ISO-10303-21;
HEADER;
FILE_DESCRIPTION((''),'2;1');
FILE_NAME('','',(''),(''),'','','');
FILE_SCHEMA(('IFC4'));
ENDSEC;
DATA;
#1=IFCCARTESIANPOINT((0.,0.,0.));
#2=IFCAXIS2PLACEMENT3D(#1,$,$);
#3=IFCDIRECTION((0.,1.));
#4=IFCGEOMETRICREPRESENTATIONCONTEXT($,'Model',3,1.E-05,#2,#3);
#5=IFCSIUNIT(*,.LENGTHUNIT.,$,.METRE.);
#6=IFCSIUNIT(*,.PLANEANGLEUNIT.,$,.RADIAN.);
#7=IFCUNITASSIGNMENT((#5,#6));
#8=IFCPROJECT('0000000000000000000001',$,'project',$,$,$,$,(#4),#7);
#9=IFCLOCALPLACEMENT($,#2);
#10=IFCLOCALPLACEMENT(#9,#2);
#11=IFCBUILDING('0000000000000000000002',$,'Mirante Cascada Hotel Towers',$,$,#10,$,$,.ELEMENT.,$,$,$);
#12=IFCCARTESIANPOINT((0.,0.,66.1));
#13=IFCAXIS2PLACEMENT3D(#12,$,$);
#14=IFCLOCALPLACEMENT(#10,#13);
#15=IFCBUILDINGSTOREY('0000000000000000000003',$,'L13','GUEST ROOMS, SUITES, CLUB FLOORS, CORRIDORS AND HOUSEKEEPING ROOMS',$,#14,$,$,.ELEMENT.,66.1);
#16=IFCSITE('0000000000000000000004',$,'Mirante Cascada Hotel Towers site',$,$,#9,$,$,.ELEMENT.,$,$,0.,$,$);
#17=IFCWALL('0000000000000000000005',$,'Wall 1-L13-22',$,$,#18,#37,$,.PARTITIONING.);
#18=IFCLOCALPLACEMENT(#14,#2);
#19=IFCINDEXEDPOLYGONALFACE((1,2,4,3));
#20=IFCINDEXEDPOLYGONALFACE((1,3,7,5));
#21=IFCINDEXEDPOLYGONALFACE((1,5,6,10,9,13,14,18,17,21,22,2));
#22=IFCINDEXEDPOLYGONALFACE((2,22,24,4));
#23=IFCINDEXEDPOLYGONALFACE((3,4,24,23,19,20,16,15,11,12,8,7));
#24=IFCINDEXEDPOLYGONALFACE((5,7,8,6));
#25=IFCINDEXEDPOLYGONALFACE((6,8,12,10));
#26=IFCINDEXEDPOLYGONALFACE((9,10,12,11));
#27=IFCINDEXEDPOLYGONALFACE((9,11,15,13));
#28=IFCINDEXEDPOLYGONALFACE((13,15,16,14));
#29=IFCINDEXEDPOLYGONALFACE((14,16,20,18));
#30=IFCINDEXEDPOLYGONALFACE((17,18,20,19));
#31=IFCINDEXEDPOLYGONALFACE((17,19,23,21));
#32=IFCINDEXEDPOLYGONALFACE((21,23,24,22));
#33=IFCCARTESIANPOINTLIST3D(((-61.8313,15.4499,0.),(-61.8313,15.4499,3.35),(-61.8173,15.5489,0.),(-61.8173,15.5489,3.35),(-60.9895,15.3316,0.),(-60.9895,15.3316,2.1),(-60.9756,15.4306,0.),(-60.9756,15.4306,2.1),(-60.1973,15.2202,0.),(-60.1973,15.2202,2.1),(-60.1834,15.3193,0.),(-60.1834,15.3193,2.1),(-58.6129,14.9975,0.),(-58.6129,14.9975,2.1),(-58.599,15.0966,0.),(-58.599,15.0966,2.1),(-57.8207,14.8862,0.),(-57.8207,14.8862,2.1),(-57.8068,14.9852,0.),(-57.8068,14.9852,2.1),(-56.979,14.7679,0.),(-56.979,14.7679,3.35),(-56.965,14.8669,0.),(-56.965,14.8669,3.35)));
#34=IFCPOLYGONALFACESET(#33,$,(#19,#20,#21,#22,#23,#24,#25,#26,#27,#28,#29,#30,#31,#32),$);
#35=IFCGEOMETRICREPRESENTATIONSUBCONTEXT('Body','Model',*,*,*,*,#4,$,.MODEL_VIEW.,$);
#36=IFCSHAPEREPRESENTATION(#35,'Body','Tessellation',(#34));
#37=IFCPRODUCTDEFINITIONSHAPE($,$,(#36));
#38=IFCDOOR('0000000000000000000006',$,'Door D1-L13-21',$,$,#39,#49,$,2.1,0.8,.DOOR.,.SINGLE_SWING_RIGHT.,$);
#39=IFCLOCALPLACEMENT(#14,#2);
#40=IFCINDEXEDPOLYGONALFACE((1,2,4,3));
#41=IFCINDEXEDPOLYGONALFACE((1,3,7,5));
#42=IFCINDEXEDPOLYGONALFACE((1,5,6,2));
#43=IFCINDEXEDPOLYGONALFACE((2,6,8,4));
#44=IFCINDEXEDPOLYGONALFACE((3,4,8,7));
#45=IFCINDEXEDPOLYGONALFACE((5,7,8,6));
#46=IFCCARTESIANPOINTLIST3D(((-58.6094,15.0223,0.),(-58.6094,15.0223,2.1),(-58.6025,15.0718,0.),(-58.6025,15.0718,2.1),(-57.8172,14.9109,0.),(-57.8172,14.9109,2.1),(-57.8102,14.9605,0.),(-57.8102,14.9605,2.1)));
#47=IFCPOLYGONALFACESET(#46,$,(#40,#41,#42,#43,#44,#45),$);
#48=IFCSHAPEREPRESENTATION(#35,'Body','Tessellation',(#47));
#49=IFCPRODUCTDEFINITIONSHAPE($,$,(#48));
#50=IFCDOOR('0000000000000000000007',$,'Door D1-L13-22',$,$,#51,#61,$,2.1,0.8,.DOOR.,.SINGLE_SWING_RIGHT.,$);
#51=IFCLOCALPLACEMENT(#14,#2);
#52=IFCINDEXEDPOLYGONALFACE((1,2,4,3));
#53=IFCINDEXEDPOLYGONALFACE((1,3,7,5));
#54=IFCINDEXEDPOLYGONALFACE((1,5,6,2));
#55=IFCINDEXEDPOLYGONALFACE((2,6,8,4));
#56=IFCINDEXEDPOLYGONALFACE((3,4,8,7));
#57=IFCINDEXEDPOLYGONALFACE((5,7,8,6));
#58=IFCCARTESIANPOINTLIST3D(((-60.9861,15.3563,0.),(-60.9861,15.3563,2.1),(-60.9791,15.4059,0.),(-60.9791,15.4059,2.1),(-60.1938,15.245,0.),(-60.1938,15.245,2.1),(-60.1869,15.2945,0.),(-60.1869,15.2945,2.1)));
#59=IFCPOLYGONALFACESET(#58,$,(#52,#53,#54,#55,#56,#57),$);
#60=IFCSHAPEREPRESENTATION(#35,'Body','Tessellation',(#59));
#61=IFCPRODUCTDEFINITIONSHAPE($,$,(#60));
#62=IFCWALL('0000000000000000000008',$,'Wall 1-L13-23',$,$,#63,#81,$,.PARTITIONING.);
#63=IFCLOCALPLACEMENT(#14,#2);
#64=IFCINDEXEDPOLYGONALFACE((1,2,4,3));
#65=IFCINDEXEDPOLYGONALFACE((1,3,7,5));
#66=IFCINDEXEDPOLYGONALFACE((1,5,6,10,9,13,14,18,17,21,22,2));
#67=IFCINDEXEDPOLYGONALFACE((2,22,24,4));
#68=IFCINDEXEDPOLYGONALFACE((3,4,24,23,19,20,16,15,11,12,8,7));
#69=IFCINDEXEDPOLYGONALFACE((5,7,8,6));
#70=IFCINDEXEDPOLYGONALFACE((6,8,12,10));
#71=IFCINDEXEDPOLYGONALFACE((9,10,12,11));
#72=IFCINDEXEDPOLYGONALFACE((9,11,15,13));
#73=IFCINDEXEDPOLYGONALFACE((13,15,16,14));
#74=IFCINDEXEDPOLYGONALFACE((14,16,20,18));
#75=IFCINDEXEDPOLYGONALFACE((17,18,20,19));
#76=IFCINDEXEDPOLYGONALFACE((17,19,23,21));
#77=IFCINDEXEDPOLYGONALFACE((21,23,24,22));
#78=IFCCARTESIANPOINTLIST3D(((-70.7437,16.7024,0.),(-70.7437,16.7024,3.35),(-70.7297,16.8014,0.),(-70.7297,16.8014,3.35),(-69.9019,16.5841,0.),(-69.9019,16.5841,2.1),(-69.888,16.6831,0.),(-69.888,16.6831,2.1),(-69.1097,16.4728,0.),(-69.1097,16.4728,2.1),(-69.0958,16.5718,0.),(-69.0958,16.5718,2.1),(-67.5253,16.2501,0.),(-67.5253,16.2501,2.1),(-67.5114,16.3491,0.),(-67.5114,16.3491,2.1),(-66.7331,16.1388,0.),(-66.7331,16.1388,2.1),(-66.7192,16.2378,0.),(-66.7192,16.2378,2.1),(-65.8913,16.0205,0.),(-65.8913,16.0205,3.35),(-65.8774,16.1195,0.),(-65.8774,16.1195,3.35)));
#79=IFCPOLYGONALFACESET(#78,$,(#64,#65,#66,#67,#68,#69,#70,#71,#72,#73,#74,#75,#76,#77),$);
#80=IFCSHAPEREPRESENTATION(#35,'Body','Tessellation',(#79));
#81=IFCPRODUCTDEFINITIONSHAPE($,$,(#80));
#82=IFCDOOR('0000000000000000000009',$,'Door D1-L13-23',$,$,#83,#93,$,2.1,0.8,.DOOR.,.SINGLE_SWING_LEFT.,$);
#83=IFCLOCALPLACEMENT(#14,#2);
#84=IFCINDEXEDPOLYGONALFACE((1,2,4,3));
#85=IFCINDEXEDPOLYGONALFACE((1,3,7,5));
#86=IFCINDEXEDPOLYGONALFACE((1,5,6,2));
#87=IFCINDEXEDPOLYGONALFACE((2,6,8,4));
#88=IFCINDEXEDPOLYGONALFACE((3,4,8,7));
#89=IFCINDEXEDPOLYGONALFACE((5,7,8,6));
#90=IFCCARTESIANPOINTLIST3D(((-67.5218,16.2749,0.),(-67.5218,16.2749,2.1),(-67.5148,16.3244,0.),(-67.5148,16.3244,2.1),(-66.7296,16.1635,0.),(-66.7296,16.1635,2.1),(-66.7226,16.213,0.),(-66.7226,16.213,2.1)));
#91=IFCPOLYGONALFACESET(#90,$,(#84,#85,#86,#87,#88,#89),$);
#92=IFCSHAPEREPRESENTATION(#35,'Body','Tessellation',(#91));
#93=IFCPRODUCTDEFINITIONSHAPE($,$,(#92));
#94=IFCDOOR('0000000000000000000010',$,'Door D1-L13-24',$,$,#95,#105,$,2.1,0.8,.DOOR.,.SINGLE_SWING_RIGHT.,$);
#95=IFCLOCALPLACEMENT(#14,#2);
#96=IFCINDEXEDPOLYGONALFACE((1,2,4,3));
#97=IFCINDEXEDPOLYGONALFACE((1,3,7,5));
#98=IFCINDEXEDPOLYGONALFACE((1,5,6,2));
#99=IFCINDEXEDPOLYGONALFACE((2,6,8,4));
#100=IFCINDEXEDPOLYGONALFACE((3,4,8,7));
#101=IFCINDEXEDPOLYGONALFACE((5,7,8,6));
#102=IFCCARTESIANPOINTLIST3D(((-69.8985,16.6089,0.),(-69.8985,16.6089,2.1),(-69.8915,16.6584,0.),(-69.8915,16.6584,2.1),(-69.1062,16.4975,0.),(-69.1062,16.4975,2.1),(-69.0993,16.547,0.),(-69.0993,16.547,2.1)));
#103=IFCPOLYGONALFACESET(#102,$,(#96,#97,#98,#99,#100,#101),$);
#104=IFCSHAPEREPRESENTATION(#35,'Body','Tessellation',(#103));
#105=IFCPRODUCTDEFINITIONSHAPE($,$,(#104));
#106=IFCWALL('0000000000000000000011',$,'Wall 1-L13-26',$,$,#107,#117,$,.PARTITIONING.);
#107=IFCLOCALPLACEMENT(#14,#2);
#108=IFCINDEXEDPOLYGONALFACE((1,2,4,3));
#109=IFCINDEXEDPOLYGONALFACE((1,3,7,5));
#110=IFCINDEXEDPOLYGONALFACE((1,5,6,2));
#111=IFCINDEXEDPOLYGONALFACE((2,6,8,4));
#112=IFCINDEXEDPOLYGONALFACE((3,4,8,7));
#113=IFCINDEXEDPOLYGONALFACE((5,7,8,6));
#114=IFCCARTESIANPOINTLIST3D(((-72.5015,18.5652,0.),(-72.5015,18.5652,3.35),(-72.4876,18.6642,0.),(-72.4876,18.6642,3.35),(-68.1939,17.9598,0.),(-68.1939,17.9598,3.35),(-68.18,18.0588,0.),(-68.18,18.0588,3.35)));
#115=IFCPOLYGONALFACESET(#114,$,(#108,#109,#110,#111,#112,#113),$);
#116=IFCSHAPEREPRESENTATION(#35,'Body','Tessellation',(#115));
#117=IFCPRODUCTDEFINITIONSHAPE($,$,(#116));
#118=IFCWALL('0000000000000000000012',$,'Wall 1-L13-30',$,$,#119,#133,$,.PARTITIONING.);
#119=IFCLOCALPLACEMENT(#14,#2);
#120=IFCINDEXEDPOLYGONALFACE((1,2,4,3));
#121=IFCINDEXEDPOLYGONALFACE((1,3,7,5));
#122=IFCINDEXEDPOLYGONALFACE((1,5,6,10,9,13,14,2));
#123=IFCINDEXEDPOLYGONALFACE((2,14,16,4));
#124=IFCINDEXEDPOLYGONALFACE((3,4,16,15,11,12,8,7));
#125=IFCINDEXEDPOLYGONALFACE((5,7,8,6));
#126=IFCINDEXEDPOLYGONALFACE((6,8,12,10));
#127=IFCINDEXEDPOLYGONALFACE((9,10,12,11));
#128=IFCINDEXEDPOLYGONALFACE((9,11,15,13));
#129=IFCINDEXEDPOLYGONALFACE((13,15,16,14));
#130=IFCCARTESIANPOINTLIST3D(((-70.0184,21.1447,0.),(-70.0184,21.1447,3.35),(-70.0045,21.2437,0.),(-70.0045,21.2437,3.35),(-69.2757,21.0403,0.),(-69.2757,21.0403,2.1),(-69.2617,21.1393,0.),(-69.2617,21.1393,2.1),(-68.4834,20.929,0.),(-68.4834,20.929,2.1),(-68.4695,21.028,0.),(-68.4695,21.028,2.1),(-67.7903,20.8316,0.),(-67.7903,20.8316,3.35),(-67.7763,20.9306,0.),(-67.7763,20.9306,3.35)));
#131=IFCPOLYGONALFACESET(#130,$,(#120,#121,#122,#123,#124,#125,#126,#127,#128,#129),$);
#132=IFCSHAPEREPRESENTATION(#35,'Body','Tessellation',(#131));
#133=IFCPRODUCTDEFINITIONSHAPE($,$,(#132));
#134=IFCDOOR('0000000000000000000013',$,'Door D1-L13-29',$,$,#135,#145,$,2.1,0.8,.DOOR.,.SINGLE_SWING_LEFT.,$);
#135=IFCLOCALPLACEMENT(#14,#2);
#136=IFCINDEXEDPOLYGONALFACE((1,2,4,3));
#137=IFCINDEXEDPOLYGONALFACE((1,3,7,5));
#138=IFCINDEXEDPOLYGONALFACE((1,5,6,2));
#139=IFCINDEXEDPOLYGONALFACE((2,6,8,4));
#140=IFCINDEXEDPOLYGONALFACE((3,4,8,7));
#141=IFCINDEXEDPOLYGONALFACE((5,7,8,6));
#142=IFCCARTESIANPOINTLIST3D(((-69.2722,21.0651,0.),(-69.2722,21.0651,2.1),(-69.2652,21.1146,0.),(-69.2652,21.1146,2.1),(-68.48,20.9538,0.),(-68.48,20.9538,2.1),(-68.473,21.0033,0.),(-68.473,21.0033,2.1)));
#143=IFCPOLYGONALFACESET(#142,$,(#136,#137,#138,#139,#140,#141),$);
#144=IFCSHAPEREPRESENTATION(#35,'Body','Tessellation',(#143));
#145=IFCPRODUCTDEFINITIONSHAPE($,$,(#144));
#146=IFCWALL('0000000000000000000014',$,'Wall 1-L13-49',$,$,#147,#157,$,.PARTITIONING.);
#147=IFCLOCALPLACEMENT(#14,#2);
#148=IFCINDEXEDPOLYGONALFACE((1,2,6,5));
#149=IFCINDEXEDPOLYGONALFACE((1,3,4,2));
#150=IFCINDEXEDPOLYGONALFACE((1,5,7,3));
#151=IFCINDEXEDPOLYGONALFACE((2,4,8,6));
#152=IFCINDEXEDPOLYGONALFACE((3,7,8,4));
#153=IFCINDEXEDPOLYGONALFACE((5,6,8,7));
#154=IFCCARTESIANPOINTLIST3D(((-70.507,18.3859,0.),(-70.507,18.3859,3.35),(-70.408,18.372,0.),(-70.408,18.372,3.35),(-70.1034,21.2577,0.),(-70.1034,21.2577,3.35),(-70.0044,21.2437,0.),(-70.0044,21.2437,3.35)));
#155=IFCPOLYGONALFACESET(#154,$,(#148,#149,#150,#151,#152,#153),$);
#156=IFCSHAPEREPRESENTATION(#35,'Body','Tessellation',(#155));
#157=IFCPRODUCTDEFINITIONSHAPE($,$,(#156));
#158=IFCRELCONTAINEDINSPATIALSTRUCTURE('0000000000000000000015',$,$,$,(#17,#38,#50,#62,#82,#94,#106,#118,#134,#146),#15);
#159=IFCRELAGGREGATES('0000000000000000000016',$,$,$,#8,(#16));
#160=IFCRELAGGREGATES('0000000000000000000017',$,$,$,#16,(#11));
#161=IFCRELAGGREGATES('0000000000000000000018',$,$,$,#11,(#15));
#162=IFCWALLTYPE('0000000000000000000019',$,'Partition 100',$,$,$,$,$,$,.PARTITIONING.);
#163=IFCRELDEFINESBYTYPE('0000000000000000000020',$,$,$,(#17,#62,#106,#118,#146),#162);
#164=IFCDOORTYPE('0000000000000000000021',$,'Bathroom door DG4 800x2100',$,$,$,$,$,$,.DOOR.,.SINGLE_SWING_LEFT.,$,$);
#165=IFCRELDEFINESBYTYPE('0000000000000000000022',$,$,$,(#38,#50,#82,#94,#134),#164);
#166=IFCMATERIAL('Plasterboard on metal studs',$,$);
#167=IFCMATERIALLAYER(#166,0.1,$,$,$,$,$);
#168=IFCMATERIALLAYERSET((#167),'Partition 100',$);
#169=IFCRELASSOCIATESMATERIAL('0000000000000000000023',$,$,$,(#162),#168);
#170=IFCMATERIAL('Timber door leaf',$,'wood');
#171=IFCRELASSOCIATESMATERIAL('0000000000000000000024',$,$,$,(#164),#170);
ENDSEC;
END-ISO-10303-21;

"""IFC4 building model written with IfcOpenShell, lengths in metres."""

from ifc_helpers import new_model, si_unit, direction, frame, frame_2d, origin, place, context, subcontext, project, spatial, rectangle, extrude, material, layer, layer_set, type_object, element, fill, save


model = new_model("IFC4")

# Units and contexts
model_context = context("Model", 3, precision=1e-05, world=origin(), true_north=direction((0.0, 1.0)))
body_context = subcontext(model_context, "Body", "Model", "MODEL_VIEW")
ifc_project = project(units=[si_unit("LENGTHUNIT", "METRE"), si_unit("PLANEANGLEUNIT", "RADIAN")], contexts=[model_context])

# Site, building, storey
site_placement = place(None, origin())
site = spatial("IfcSite", under=ifc_project, at=site_placement, Name="Mirante Cascada Hotel Towers site", CompositionType="ELEMENT", RefElevation=0.0)
building_placement = place(site_placement, origin())
building = spatial("IfcBuilding", under=site, at=building_placement, Name="Mirante Cascada Hotel Towers", CompositionType="ELEMENT")
storey_placement = place(building_placement, frame((0.0, 0.0, 66.1)))
storey = spatial("IfcBuildingStorey", under=building, at=storey_placement, Name="L13", Description="GUEST ROOMS, SUITES, CLUB FLOORS, CORRIDORS AND HOUSEKEEPING ROOMS", CompositionType="ELEMENT", Elevation=66.1)

# Walls, openings, doors
ifc_material_1 = material(Name="Plasterboard on metal studs")
ifc_layer_1 = layer(ifc_material_1, 0.1)
ifc_layer_set_1 = layer_set([ifc_layer_1], Name="Partition 100")
wall_type_1 = type_object("IfcWallType", Name="Partition 100", PredefinedType="PARTITIONING", material=ifc_layer_set_1)
wall_1_placement = place(storey_placement, frame((-56.972, 14.8174, 0.0), z_axis=(0.0, 0.0, 1.0), x_axis=(-0.990267, 0.139184, 0.0)))
wall_1 = element("IfcWall", 1, at=wall_1_placement, inside=storey, type_object=wall_type_1, Name="Wall 1-L13-22", PredefinedType="PARTITIONING", context=body_context, shape_type="SweptSolid", body=[
    extrude(rectangle(XDim=4.9, YDim=0.1, at=frame_2d((2.45, 0.0))), origin(), (0.0, 0.0, 1.0), 3.35),
])
opening_1_placement = place(wall_1_placement, frame((0.85, 0.0, 0.0)))
opening_1 = element("IfcOpeningElement", 2, at=opening_1_placement, cuts=wall_1, PredefinedType="OPENING", context=body_context, shape_type="SweptSolid", body=[
    extrude(rectangle(XDim=0.8, YDim=2.1, at=frame_2d((0.4, 1.05))), frame((0.0, 0.05, 0.0), z_axis=(0.0, -1.0, 0.0), x_axis=(1.0, 0.0, 0.0)), (0.0, 0.0, 1.0), 0.1),
])
opening_2_placement = place(wall_1_placement, frame((3.25, 0.0, 0.0)))
opening_2 = element("IfcOpeningElement", 3, at=opening_2_placement, cuts=wall_1, PredefinedType="OPENING", context=body_context, shape_type="SweptSolid", body=[
    extrude(rectangle(XDim=0.8, YDim=2.1, at=frame_2d((0.4, 1.05))), frame((0.0, 0.05, 0.0), z_axis=(0.0, -1.0, 0.0), x_axis=(1.0, 0.0, 0.0)), (0.0, 0.0, 1.0), 0.1),
])
ifc_material_2 = material(Name="Timber door leaf", Category="wood")
door_type = type_object("IfcDoorType", Name="Bathroom door DG4 800x2100", OperationType="SINGLE_SWING_LEFT", PredefinedType="DOOR", material=ifc_material_2)
door_1_placement = place(opening_1_placement, frame((0.8, 0.0, 0.0), z_axis=(0.0, 0.0, 1.0), x_axis=(-1.0, 0.0, 0.0)))
door_1 = element("IfcDoor", 4, at=door_1_placement, inside=storey, type_object=door_type, Name="Door D1-L13-21", OperationType="SINGLE_SWING_RIGHT", OverallHeight=2.1, OverallWidth=0.8, PredefinedType="DOOR", context=body_context, shape_type="SweptSolid", body=[
    extrude(rectangle(XDim=0.8, YDim=2.1, at=frame_2d((0.4, 1.05))), frame((0.0, 0.025, 0.0), z_axis=(0.0, -1.0, 0.0), x_axis=(1.0, 0.0, 0.0)), (0.0, 0.0, 1.0), 0.05),
])
fill(opening_1, door_1)
door_2_placement = place(opening_2_placement, frame((0.8, 0.0, 0.0), z_axis=(0.0, 0.0, 1.0), x_axis=(-1.0, 0.0, 0.0)))
door_2 = element("IfcDoor", 5, at=door_2_placement, inside=storey, type_object=door_type, Name="Door D1-L13-22", OperationType="SINGLE_SWING_RIGHT", OverallHeight=2.1, OverallWidth=0.8, PredefinedType="DOOR", context=body_context, shape_type="SweptSolid", body=[
    extrude(rectangle(XDim=0.8, YDim=2.1, at=frame_2d((0.4, 1.05))), frame((0.0, 0.025, 0.0), z_axis=(0.0, -1.0, 0.0), x_axis=(1.0, 0.0, 0.0)), (0.0, 0.0, 1.0), 0.05),
])
fill(opening_2, door_2)
wall_2_placement = place(storey_placement, frame((-70.7367, 16.7519, 0.0), z_axis=(0.0, 0.0, 1.0), x_axis=(0.990269, -0.139164, 0.0)))
wall_2 = element("IfcWall", 6, at=wall_2_placement, inside=storey, type_object=wall_type_1, Name="Wall 1-L13-23", PredefinedType="PARTITIONING", context=body_context, shape_type="SweptSolid", body=[
    extrude(rectangle(XDim=4.9, YDim=0.1, at=frame_2d((2.45, 0.0))), origin(), (0.0, 0.0, 1.0), 3.35),
])
opening_3_placement = place(wall_2_placement, frame((3.25, 0.0, 0.0)))
opening_3 = element("IfcOpeningElement", 7, at=opening_3_placement, cuts=wall_2, PredefinedType="OPENING", context=body_context, shape_type="SweptSolid", body=[
    extrude(rectangle(XDim=0.8, YDim=2.1, at=frame_2d((0.4, 1.05))), frame((0.0, 0.05, 0.0), z_axis=(0.0, -1.0, 0.0), x_axis=(1.0, 0.0, 0.0)), (0.0, 0.0, 1.0), 0.1),
])
opening_4_placement = place(wall_2_placement, frame((0.85, 0.0, 0.0)))
opening_4 = element("IfcOpeningElement", 8, at=opening_4_placement, cuts=wall_2, PredefinedType="OPENING", context=body_context, shape_type="SweptSolid", body=[
    extrude(rectangle(XDim=0.8, YDim=2.1, at=frame_2d((0.4, 1.05))), frame((0.0, 0.05, 0.0), z_axis=(0.0, -1.0, 0.0), x_axis=(1.0, 0.0, 0.0)), (0.0, 0.0, 1.0), 0.1),
])
door_3_placement = place(opening_3_placement, origin())
door_3 = element("IfcDoor", 9, at=door_3_placement, inside=storey, type_object=door_type, Name="Door D1-L13-23", OperationType="SINGLE_SWING_LEFT", OverallHeight=2.1, OverallWidth=0.8, PredefinedType="DOOR", context=body_context, shape_type="SweptSolid", body=[
    extrude(rectangle(XDim=0.8, YDim=2.1, at=frame_2d((0.4, 1.05))), frame((0.0, 0.025, 0.0), z_axis=(0.0, -1.0, 0.0), x_axis=(1.0, 0.0, 0.0)), (0.0, 0.0, 1.0), 0.05),
])
fill(opening_3, door_3)
door_4_placement = place(opening_4_placement, frame((0.8, 0.0, 0.0), z_axis=(0.0, 0.0, 1.0), x_axis=(-1.0, 0.0, 0.0)))
door_4 = element("IfcDoor", 10, at=door_4_placement, inside=storey, type_object=door_type, Name="Door D1-L13-24", OperationType="SINGLE_SWING_RIGHT", OverallHeight=2.1, OverallWidth=0.8, PredefinedType="DOOR", context=body_context, shape_type="SweptSolid", body=[
    extrude(rectangle(XDim=0.8, YDim=2.1, at=frame_2d((0.4, 1.05))), frame((0.0, 0.025, 0.0), z_axis=(0.0, -1.0, 0.0), x_axis=(1.0, 0.0, 0.0)), (0.0, 0.0, 1.0), 0.05),
])
fill(opening_4, door_4)

# Wall
wall_3_placement = place(storey_placement, frame((-68.1869, 18.0093, 0.0), z_axis=(0.0, 0.0, 1.0), x_axis=(-0.990268, 0.139175, 0.0)))
element("IfcWall", 11, at=wall_3_placement, inside=storey, type_object=wall_type_1, Name="Wall 1-L13-26", PredefinedType="PARTITIONING", context=body_context, shape_type="SweptSolid", body=[
    extrude(rectangle(XDim=4.3499, YDim=0.1, at=frame_2d((2.175, 0.0))), origin(), (0.0, 0.0, 1.0), 3.35),
])

# Wall, opening, door
wall_4_placement = place(storey_placement, frame((-67.7833, 20.8811, 0.0), z_axis=(0.0, 0.0, 1.0), x_axis=(-0.990271, 0.139156, 0.0)))
wall_4 = element("IfcWall", 12, at=wall_4_placement, inside=storey, type_object=wall_type_1, Name="Wall 1-L13-30", PredefinedType="PARTITIONING", context=body_context, shape_type="SweptSolid", body=[
    extrude(rectangle(XDim=2.25, YDim=0.1, at=frame_2d((1.125, 0.0))), origin(), (0.0, 0.0, 1.0), 3.35),
])
opening_5_placement = place(wall_4_placement, frame((0.7, 0.0, 0.0)))
opening_5 = element("IfcOpeningElement", 13, at=opening_5_placement, cuts=wall_4, PredefinedType="OPENING", context=body_context, shape_type="SweptSolid", body=[
    extrude(rectangle(XDim=0.8, YDim=2.1, at=frame_2d((0.4, 1.05))), frame((0.0, 0.05, 0.0), z_axis=(0.0, -1.0, 0.0), x_axis=(1.0, 0.0, 0.0)), (0.0, 0.0, 1.0), 0.1),
])
door_5_placement = place(opening_5_placement, origin())
door_5 = element("IfcDoor", 14, at=door_5_placement, inside=storey, type_object=door_type, Name="Door D1-L13-29", OperationType="SINGLE_SWING_LEFT", OverallHeight=2.1, OverallWidth=0.8, PredefinedType="DOOR", context=body_context, shape_type="SweptSolid", body=[
    extrude(rectangle(XDim=0.8, YDim=2.1, at=frame_2d((0.4, 1.05))), frame((0.0, 0.025, 0.0), z_axis=(0.0, -1.0, 0.0), x_axis=(1.0, 0.0, 0.0)), (0.0, 0.0, 1.0), 0.05),
])
fill(opening_5, door_5)

# Wall
wall_5_placement = place(storey_placement, frame((-70.0539, 21.2507, 0.0), z_axis=(0.0, 0.0, 1.0), x_axis=(-0.139171, -0.990268, 0.0)))
element("IfcWall", 15, at=wall_5_placement, inside=storey, type_object=wall_type_1, Name="Wall 1-L13-49", PredefinedType="PARTITIONING", context=body_context, shape_type="SweptSolid", body=[
    extrude(rectangle(XDim=2.9, YDim=0.1, at=frame_2d((1.45, 0.0))), origin(), (0.0, 0.0, 1.0), 3.35),
])

save(model, "model.ifc")
